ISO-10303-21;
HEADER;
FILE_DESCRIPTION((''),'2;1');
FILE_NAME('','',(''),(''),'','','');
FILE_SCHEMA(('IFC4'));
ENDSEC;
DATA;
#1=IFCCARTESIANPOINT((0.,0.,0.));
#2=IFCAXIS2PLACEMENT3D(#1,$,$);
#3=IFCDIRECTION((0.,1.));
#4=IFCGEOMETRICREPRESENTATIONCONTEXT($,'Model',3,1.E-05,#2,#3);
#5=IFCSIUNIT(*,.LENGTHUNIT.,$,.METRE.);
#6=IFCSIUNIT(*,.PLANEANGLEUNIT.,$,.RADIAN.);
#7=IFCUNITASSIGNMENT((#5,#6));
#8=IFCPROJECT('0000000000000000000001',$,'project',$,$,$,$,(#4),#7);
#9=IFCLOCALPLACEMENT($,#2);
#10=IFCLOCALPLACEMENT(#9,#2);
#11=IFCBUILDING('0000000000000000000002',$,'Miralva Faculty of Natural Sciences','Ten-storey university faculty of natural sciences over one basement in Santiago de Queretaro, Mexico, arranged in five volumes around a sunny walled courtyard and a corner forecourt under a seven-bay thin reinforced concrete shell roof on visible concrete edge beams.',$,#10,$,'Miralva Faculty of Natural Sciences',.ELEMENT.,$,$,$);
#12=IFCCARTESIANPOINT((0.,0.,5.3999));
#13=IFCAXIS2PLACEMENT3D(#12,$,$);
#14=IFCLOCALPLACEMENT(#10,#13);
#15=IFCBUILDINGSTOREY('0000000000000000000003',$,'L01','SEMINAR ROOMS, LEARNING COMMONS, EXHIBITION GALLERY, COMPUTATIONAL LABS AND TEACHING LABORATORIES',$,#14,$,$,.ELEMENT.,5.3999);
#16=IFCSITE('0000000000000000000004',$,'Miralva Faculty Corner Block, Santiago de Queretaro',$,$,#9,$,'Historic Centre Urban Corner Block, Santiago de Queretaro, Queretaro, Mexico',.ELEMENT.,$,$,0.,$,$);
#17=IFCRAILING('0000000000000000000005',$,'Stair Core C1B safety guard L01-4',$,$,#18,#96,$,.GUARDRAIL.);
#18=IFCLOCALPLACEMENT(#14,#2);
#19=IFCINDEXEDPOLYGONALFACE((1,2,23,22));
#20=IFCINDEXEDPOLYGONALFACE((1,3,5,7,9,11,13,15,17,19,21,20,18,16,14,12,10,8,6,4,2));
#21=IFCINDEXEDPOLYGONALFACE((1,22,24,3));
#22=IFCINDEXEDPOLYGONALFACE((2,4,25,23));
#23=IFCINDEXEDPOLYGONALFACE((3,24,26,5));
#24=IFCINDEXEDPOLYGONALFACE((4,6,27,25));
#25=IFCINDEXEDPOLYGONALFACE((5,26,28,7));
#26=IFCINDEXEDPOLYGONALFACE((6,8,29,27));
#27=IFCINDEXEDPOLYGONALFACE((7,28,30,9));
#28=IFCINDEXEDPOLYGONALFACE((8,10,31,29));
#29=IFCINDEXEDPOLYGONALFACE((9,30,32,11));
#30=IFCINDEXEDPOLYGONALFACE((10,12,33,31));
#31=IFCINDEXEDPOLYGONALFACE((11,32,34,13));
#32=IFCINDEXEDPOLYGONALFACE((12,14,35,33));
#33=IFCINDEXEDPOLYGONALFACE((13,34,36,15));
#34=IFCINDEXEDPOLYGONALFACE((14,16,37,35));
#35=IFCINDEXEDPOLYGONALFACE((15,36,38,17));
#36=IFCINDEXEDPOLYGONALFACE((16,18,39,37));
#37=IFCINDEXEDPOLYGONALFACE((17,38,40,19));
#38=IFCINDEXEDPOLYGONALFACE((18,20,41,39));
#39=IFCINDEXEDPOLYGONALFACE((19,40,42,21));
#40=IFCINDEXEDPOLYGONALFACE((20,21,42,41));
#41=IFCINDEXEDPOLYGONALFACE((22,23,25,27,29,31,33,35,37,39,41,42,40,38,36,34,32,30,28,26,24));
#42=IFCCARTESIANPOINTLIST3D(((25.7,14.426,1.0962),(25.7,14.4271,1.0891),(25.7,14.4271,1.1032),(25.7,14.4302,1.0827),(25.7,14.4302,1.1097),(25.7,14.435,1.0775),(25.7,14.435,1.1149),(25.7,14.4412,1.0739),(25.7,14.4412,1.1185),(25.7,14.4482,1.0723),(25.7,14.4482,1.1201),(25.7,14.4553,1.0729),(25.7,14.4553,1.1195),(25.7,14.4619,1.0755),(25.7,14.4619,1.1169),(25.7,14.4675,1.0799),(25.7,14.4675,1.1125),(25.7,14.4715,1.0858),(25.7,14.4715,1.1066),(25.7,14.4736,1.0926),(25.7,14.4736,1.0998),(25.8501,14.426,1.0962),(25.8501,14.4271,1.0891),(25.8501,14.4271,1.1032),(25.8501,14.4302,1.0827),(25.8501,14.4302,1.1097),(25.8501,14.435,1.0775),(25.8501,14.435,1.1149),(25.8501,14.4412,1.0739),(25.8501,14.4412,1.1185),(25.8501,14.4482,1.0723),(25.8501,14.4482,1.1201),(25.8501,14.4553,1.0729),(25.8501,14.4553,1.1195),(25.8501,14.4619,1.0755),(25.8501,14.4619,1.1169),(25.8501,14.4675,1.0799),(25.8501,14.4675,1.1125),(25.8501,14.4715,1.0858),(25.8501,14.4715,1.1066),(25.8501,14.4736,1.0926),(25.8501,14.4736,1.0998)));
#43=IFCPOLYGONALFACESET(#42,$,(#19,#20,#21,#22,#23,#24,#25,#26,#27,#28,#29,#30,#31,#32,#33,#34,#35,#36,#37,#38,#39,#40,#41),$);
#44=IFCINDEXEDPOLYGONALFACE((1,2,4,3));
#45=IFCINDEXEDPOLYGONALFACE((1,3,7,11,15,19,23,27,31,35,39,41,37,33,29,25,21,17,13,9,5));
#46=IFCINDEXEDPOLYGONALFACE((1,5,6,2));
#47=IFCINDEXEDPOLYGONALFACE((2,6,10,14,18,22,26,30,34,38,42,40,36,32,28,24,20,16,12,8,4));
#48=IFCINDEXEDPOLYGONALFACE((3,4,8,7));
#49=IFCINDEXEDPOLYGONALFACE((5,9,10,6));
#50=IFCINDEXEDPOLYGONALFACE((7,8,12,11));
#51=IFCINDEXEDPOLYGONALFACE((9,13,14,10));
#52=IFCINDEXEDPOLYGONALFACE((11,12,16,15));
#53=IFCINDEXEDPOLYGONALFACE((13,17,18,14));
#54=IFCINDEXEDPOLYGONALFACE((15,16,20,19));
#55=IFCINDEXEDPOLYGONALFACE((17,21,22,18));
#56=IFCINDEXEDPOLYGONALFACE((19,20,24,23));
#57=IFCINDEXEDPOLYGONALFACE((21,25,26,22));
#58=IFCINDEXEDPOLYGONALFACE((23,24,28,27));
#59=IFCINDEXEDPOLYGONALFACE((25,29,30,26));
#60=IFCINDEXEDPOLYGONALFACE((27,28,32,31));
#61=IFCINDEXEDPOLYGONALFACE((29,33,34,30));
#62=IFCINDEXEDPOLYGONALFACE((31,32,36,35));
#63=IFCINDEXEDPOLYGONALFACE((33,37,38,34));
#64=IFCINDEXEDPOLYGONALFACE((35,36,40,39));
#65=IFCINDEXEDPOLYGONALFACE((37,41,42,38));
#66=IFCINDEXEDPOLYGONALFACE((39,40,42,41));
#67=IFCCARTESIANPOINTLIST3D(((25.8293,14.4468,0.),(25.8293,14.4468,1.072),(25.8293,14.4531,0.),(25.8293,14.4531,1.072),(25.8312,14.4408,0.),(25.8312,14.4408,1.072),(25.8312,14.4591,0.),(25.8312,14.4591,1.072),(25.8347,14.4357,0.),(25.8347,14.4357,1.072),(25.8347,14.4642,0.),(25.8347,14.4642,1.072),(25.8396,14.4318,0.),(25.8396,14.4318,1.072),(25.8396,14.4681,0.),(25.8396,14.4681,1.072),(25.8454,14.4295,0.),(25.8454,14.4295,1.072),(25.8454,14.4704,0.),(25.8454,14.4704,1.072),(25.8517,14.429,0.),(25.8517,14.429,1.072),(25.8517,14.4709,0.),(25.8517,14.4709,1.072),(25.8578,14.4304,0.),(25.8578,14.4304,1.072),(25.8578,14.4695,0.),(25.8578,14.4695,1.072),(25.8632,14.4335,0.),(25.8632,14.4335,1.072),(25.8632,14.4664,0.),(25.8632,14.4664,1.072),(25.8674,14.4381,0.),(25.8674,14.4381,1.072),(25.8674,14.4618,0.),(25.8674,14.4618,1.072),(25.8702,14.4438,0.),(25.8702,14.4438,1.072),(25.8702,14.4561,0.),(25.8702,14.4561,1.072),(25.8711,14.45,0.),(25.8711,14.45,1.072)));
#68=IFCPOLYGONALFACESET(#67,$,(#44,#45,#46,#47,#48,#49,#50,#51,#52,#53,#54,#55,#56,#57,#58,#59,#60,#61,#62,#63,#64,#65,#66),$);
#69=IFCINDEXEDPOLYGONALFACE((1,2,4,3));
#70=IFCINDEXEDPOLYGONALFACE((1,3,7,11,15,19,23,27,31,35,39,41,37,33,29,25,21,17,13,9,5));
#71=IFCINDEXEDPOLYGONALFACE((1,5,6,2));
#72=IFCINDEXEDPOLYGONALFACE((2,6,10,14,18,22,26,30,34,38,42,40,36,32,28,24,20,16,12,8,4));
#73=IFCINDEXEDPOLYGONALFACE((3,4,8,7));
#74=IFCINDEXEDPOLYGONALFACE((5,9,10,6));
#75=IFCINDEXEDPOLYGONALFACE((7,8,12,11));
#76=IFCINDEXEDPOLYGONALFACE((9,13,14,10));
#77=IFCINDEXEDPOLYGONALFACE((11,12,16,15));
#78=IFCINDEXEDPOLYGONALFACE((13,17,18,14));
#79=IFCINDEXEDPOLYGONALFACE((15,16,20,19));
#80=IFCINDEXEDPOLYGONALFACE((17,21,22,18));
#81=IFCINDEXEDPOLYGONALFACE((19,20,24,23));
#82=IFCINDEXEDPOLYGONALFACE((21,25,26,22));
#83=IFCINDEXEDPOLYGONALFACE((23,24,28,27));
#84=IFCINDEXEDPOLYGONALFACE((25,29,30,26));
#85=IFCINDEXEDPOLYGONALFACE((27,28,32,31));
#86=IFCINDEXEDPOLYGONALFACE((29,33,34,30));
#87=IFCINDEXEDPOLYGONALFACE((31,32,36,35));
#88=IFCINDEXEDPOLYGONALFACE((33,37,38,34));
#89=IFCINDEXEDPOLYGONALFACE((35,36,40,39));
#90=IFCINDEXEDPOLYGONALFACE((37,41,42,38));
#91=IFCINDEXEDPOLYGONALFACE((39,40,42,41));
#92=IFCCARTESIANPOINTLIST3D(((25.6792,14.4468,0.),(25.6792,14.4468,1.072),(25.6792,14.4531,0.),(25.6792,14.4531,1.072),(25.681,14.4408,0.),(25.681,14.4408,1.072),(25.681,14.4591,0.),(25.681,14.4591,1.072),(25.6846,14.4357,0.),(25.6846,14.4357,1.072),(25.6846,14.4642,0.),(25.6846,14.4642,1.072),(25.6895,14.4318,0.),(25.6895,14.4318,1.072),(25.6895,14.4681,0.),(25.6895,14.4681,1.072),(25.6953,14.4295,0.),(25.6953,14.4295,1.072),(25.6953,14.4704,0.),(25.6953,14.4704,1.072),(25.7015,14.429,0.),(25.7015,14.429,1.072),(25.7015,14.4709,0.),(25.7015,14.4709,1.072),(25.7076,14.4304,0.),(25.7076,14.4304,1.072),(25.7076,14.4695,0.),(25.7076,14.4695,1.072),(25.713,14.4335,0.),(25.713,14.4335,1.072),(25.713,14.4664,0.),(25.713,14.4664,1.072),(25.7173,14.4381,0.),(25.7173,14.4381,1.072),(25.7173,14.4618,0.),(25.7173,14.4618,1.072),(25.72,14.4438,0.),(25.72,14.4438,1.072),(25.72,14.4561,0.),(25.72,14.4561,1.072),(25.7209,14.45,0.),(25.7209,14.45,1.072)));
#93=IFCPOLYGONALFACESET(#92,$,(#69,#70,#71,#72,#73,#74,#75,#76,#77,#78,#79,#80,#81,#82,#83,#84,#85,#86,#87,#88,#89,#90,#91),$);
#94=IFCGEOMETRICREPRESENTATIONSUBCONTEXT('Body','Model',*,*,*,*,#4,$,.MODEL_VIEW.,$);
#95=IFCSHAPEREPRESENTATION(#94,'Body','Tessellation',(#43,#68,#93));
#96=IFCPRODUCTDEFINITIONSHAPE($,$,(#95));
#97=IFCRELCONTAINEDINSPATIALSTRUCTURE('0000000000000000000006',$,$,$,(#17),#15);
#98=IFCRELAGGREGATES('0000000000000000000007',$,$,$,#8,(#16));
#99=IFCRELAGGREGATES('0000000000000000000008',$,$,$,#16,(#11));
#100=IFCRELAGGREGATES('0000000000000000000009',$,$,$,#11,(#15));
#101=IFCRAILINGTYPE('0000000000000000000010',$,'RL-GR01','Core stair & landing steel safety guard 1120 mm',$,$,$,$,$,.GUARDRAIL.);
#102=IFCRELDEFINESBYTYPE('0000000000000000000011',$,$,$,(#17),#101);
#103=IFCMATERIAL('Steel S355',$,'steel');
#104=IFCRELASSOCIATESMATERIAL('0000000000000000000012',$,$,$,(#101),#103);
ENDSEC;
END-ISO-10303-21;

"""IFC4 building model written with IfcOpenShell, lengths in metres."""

from ifc_helpers import new_model, si_unit, direction, frame, origin, origin_2d, place, context, subcontext, project, spatial, circle, extrude, material, type_object, element, save


model = new_model("IFC4")

# Units and contexts
model_context = context("Model", 3, precision=1e-05, world=origin(), true_north=direction((0.0, 1.0)))
body_context = subcontext(model_context, "Body", "Model", "MODEL_VIEW")
ifc_project = project(units=[si_unit("LENGTHUNIT", "METRE"), si_unit("PLANEANGLEUNIT", "RADIAN")], contexts=[model_context])

# Site, building, storey
site_placement = place(None, origin())
site = spatial("IfcSite", under=ifc_project, at=site_placement, Name="Miralva Faculty Corner Block, Santiago de Queretaro", LongName="Historic Centre Urban Corner Block, Santiago de Queretaro, Queretaro, Mexico", CompositionType="ELEMENT", RefElevation=0.0)
building_placement = place(site_placement, origin())
building = spatial("IfcBuilding", under=site, at=building_placement, Name="Miralva Faculty of Natural Sciences", Description="Ten-storey university faculty of natural sciences over one basement in Santiago de Queretaro, Mexico, arranged in five volumes around a sunny walled courtyard and a corner forecourt under a seven-bay thin reinforced concrete shell roof on visible concrete edge beams.", LongName="Miralva Faculty of Natural Sciences", CompositionType="ELEMENT")
storey_placement = place(building_placement, frame((0.0, 0.0, 5.3999)))
storey = spatial("IfcBuildingStorey", under=building, at=storey_placement, Name="L01", Description="SEMINAR ROOMS, LEARNING COMMONS, EXHIBITION GALLERY, COMPUTATIONAL LABS AND TEACHING LABORATORIES", CompositionType="ELEMENT", Elevation=5.3999)

# Railing
ifc_material_1 = material(Name="Steel S355", Category="steel")
railing_type_1 = type_object("IfcRailingType", Name="RL-GR01", Description="Core stair & landing steel safety guard 1120 mm", PredefinedType="GUARDRAIL", material=ifc_material_1)
railing_1_placement = place(storey_placement, frame((25.8501, 14.45, 0.0)))
element("IfcRailing", 1, at=railing_1_placement, inside=storey, type_object=railing_type_1, Name="Stair Core C1B safety guard L01-4", PredefinedType="GUARDRAIL", context=body_context, shape_type="SweptSolid", body=[
    extrude(circle(Radius=0.0239, at=origin_2d()), frame((0.0, 0.0, 1.0962), z_axis=(-1.0, 0.0, 0.0), x_axis=(0.0, -1.0, 0.0)), (0.0, 0.0, 1.0), 0.1501),
    extrude(circle(Radius=0.021, at=origin_2d()), origin(), (0.0, 0.0, 1.0), 1.072),
    extrude(circle(Radius=0.021, at=origin_2d()), frame((-0.1501, 0.0, 0.0)), (0.0, 0.0, 1.0), 1.072),
])

save(model, "model.ifc")
